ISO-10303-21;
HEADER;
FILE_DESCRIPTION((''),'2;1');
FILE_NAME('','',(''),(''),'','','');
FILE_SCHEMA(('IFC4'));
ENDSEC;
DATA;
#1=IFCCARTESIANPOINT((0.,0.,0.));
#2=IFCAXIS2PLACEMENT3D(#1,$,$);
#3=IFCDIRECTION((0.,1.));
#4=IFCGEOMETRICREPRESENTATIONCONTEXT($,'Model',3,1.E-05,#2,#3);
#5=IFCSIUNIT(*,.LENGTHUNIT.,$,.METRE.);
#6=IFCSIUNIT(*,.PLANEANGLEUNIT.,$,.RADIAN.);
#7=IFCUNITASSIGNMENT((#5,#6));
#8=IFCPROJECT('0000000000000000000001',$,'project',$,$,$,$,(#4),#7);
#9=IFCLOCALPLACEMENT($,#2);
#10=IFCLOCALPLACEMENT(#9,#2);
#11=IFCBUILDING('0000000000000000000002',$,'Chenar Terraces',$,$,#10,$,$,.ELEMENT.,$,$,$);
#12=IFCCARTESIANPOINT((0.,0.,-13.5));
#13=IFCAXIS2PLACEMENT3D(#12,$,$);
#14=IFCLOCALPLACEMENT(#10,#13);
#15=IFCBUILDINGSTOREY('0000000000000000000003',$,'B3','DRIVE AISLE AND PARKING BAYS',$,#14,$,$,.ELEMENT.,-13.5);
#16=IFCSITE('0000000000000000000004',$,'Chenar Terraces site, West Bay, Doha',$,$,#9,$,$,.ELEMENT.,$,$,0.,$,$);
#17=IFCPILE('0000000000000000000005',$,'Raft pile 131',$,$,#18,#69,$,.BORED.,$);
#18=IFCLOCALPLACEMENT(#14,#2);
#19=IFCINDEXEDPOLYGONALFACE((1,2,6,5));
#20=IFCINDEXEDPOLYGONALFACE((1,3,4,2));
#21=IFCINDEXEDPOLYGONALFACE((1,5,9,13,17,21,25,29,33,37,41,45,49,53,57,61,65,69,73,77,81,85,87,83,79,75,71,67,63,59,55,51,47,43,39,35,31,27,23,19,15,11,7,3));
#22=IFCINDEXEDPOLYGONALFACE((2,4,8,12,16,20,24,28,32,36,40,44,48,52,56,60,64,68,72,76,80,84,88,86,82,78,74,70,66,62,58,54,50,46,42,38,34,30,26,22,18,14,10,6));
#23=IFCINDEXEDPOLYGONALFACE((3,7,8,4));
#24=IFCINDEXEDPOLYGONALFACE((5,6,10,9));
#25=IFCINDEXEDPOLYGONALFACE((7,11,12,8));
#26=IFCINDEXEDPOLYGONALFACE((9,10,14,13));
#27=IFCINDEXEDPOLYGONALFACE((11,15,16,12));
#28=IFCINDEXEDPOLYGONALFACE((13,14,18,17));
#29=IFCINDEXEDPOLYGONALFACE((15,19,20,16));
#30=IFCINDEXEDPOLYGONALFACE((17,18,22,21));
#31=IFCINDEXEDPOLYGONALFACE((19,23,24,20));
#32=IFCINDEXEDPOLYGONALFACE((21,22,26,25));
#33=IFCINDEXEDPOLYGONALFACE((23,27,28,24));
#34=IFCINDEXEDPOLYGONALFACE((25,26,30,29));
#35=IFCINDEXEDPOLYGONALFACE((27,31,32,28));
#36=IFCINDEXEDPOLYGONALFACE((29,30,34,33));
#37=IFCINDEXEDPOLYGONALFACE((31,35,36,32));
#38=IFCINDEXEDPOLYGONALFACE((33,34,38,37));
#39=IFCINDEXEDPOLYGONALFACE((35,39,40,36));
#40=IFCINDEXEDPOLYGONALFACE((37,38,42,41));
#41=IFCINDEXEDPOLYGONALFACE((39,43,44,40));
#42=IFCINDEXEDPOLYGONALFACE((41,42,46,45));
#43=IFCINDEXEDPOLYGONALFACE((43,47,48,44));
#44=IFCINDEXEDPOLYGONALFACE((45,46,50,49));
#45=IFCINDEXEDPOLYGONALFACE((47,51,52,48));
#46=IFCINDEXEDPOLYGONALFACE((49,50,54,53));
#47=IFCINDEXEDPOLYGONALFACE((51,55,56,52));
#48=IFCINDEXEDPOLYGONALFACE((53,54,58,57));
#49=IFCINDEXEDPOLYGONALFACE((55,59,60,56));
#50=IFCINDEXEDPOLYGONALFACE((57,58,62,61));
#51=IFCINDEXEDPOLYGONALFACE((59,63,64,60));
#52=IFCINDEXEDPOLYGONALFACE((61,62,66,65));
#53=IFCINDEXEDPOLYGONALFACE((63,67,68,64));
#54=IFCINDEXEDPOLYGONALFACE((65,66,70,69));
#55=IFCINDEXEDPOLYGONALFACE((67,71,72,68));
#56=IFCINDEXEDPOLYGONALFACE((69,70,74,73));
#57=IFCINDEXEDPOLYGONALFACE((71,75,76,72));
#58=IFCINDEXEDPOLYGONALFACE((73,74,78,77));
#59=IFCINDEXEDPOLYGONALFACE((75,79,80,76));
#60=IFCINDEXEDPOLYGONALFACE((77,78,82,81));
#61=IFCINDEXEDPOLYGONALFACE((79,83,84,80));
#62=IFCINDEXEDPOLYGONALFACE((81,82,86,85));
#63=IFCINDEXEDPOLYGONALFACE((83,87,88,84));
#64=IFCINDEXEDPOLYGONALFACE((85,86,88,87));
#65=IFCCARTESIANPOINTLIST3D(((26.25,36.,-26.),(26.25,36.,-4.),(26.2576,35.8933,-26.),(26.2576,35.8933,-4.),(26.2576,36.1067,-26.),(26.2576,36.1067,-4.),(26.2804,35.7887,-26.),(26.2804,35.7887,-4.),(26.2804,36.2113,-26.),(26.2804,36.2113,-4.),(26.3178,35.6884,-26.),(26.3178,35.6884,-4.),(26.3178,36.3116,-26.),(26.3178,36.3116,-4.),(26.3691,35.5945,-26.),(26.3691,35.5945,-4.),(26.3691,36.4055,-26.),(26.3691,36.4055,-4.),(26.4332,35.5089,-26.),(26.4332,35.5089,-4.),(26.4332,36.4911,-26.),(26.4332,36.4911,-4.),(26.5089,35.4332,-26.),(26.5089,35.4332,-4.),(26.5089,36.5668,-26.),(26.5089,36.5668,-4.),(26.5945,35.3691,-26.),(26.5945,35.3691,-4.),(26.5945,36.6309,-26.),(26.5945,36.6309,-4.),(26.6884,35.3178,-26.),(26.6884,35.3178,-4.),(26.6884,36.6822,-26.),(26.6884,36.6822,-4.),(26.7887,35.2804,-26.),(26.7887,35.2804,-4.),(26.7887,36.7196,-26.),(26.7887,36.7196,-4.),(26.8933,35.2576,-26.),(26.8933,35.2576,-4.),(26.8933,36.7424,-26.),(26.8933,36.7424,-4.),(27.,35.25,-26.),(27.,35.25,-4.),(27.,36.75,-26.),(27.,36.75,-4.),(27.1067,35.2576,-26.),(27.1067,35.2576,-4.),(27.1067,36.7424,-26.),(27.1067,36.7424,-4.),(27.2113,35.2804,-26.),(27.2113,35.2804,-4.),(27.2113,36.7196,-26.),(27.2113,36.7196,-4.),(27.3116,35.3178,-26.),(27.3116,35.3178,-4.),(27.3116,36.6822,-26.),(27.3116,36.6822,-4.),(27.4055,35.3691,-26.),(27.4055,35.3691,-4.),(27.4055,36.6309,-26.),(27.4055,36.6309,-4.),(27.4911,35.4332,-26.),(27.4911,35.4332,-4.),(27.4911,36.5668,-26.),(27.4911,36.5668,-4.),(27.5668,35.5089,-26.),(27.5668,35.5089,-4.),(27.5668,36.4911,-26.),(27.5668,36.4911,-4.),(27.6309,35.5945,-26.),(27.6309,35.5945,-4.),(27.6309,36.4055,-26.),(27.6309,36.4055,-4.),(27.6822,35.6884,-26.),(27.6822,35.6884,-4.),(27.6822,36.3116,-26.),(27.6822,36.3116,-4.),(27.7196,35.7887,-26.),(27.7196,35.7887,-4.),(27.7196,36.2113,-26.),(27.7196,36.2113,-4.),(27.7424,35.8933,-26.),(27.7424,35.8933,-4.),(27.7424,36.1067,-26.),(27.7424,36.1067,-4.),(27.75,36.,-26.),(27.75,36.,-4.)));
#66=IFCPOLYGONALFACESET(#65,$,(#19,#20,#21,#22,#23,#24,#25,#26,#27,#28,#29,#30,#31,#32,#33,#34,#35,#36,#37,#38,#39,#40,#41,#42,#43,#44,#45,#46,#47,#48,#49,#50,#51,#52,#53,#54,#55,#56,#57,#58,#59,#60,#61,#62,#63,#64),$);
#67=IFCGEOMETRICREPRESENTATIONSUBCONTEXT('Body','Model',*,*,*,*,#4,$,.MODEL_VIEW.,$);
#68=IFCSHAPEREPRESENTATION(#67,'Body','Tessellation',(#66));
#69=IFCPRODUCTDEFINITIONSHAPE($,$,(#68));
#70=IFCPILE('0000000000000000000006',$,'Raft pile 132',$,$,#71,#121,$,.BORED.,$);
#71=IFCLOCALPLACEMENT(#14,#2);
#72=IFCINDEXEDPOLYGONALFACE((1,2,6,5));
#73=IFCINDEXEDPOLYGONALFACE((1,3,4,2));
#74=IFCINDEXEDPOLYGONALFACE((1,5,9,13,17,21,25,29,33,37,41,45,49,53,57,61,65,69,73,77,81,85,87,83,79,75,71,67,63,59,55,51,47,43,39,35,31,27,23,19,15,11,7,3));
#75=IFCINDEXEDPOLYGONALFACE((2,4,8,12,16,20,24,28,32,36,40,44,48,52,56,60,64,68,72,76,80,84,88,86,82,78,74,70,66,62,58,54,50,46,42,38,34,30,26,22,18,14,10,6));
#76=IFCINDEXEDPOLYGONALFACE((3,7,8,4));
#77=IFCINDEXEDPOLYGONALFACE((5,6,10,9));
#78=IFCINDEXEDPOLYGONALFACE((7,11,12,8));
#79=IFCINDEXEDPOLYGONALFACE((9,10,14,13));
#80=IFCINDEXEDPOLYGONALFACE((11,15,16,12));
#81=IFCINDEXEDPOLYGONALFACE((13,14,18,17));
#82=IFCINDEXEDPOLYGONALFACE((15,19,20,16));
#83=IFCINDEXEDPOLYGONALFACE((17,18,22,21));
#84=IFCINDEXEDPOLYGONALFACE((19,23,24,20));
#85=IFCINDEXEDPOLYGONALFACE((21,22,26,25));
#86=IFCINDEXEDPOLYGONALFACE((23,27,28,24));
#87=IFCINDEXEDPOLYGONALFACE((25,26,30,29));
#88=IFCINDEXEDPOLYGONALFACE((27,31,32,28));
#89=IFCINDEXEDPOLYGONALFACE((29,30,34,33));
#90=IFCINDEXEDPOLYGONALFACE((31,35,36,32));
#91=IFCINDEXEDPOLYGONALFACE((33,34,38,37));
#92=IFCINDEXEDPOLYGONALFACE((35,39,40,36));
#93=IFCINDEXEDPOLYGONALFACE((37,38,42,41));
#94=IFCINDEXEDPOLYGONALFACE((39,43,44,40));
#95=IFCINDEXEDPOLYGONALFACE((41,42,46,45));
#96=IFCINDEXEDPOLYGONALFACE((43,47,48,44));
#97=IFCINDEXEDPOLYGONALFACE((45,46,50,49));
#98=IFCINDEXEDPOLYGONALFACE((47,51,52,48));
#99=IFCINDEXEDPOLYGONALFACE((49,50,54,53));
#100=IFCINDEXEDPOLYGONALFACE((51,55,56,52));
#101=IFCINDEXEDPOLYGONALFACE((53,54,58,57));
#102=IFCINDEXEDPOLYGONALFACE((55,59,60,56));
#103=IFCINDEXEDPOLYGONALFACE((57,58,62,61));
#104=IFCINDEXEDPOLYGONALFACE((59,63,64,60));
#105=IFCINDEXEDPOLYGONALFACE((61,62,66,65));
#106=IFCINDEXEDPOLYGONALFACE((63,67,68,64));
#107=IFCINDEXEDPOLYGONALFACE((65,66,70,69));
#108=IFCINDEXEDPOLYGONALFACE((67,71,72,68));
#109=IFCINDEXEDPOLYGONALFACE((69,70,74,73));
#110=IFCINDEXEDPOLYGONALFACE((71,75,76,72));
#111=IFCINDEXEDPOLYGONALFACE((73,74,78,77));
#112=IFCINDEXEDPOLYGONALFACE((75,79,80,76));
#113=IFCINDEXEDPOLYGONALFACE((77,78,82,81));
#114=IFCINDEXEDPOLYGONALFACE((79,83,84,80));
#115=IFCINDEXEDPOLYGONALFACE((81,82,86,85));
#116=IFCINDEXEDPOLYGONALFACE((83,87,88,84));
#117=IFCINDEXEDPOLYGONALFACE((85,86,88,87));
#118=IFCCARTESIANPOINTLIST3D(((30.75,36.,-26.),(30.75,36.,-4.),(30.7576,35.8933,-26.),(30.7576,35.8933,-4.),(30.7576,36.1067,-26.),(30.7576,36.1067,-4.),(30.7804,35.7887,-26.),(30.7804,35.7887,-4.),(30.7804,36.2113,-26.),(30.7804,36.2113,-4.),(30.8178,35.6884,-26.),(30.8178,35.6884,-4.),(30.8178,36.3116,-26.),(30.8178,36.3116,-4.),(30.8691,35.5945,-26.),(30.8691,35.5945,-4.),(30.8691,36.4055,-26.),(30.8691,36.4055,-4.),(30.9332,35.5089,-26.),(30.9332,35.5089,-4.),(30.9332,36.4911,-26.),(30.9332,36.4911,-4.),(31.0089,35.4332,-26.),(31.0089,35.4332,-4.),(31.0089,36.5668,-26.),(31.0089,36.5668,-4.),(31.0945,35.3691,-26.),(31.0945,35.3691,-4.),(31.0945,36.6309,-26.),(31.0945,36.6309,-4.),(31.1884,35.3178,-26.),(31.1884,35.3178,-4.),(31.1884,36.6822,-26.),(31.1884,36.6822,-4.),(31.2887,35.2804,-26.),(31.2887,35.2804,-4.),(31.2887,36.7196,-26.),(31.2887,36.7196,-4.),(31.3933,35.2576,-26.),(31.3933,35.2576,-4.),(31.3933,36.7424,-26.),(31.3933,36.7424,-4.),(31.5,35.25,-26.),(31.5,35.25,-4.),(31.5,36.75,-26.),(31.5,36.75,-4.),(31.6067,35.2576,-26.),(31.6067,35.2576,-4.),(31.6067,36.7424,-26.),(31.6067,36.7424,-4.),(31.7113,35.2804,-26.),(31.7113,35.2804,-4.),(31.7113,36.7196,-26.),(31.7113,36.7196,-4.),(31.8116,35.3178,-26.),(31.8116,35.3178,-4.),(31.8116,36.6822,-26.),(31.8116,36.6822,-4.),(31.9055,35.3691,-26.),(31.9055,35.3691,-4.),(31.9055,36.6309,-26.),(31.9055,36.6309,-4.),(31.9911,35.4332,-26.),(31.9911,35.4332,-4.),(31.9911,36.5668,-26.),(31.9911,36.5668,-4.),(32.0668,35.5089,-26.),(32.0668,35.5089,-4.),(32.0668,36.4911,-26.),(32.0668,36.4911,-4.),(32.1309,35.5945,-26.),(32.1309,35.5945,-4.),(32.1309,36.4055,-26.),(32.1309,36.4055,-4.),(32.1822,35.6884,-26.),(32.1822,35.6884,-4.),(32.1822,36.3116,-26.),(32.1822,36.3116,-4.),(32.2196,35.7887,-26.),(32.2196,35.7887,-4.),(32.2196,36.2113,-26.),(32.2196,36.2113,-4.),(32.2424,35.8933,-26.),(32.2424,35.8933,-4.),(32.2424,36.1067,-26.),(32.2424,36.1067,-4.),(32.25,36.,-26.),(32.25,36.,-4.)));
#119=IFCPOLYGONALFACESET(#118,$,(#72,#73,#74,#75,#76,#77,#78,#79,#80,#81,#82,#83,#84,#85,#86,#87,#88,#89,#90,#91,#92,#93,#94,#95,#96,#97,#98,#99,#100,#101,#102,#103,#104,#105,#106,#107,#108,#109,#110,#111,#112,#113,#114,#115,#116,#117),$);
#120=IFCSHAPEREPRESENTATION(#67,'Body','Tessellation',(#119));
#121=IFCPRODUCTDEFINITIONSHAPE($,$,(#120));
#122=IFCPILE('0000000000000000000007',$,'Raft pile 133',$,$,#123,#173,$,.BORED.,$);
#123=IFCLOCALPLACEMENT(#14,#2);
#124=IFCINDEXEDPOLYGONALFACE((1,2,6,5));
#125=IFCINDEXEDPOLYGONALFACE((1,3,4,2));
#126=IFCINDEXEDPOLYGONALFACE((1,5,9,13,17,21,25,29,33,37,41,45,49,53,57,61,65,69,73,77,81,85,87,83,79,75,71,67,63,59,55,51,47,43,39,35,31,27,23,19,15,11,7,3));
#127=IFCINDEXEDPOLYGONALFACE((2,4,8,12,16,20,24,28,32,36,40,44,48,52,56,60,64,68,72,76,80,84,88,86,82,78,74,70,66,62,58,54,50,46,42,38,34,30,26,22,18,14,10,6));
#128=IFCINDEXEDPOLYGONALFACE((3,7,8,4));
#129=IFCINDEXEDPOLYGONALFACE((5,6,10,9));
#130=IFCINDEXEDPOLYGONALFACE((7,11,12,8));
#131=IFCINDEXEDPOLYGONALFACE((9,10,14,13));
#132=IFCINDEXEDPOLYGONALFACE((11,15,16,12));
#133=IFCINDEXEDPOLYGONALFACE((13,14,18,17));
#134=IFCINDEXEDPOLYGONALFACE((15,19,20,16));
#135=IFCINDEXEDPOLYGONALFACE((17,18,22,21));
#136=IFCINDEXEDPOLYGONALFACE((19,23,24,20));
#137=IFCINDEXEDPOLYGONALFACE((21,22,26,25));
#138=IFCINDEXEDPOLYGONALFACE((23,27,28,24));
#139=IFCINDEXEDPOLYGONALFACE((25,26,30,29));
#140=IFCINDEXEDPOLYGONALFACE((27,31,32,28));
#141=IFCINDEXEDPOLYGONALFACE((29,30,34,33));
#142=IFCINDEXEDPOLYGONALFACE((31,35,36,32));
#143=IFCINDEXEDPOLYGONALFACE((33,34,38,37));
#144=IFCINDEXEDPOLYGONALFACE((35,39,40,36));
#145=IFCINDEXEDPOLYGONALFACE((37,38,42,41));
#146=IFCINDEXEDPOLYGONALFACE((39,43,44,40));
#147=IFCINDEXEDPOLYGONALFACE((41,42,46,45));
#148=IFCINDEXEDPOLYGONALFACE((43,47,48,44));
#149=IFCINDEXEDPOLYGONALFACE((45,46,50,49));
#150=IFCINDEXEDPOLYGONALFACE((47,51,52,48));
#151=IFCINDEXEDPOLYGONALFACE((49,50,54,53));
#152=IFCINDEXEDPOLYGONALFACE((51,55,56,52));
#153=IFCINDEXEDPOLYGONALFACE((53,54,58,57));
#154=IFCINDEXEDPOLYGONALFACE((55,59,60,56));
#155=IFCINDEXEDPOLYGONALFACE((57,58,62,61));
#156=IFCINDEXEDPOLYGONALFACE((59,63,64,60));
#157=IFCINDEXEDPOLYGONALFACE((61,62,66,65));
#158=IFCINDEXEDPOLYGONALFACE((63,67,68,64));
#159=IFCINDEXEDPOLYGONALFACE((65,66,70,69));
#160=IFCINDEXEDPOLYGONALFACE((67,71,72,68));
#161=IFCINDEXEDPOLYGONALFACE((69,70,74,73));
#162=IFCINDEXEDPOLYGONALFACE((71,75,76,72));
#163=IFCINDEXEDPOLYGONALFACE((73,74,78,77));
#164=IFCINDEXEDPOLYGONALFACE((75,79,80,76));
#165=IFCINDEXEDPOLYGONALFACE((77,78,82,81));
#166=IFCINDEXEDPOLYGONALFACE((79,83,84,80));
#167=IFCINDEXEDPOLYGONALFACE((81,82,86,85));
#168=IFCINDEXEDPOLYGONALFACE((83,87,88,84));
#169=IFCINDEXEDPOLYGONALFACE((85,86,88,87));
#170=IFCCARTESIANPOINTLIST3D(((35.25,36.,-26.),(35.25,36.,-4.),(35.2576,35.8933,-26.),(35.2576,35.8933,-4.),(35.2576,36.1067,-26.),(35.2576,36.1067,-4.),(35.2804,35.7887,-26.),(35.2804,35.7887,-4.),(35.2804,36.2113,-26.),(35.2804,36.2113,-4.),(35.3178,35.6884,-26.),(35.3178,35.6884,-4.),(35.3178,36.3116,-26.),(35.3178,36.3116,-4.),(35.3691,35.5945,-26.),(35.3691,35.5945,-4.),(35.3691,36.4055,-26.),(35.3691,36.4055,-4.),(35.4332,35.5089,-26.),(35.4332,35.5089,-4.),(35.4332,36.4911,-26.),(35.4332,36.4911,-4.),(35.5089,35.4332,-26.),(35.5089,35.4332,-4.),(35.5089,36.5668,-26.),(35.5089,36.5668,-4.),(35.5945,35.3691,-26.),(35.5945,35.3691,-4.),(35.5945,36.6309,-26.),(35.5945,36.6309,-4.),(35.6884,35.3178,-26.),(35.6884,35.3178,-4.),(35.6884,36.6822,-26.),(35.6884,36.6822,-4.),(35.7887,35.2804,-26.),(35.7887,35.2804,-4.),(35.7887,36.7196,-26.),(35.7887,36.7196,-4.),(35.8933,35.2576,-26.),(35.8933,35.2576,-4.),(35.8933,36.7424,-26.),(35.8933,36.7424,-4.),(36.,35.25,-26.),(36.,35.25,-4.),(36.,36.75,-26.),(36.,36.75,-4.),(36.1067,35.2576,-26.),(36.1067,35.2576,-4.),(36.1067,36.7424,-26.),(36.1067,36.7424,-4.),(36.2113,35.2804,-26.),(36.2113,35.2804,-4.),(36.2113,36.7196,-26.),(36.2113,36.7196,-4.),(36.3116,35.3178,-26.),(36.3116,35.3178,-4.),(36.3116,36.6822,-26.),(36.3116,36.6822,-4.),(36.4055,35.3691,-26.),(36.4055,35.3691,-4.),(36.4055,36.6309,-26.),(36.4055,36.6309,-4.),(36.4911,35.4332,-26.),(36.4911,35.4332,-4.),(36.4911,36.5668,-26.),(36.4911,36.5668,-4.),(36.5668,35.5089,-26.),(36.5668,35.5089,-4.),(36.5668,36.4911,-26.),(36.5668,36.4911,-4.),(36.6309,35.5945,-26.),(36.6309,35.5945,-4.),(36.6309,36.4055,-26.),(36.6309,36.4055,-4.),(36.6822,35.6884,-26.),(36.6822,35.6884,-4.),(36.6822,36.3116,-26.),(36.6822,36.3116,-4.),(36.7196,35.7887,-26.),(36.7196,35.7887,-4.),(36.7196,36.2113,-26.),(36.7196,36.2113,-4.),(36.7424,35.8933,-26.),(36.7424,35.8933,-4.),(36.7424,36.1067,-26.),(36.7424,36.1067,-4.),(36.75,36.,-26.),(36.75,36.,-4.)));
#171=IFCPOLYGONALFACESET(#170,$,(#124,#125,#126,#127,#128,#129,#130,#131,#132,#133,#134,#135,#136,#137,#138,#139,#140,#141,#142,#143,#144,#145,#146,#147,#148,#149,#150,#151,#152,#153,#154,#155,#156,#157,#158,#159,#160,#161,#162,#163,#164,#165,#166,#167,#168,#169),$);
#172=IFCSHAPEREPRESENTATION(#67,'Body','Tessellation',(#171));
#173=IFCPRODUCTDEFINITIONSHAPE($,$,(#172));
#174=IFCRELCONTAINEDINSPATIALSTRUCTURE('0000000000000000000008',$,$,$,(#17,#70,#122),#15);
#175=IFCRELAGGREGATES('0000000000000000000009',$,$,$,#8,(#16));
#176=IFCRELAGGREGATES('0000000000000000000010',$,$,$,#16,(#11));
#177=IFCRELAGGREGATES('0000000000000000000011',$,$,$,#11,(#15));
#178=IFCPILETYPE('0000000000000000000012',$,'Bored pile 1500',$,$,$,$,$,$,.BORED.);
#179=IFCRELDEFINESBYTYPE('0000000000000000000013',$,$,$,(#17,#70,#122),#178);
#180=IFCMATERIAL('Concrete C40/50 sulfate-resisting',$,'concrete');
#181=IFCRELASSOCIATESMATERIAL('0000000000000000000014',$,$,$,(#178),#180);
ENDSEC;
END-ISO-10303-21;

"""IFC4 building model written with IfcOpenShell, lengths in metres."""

from ifc_helpers import new_model, si_unit, direction, frame, origin, origin_2d, place, context, subcontext, project, spatial, circle, extrude, material, material_profile, profile_set, type_object, element, save


model = new_model("IFC4")

# Units and contexts
model_context = context("Model", 3, precision=1e-05, world=origin(), true_north=direction((0.0, 1.0)))
body_context = subcontext(model_context, "Body", "Model", "MODEL_VIEW")
ifc_project = project(units=[si_unit("LENGTHUNIT", "METRE"), si_unit("PLANEANGLEUNIT", "RADIAN")], contexts=[model_context])

# Site, building, storey
site_placement = place(None, origin())
site = spatial("IfcSite", under=ifc_project, at=site_placement, Name="Chenar Terraces site, West Bay, Doha", CompositionType="ELEMENT", RefElevation=0.0)
building_placement = place(site_placement, origin())
building = spatial("IfcBuilding", under=site, at=building_placement, Name="Chenar Terraces", CompositionType="ELEMENT")
storey_placement = place(building_placement, frame((0.0, 0.0, -13.5)))
storey = spatial("IfcBuildingStorey", under=building, at=storey_placement, Name="B3", Description="DRIVE AISLE AND PARKING BAYS", CompositionType="ELEMENT", Elevation=-13.5)

# Piles
ifc_material_1 = material(Name="Concrete C40/50 sulfate-resisting", Category="concrete")
ifc_material_profile_1 = material_profile(ifc_material_1, circle(Radius=0.75, at=origin_2d()), Name="BP 1500")
ifc_profile_set_1 = profile_set([ifc_material_profile_1], Name="Concrete C40/50 sulfate-resisting")
pile_type_1 = type_object("IfcPileType", Name="Bored pile 1500", PredefinedType="BORED", material=ifc_profile_set_1)
for number, where, z_axis, x_axis, name in (
    (1, (27.0, 36.0, -4.0), (0.0, 0.0, -1.0), (1.0, 0.0, 0.0), "Raft pile 131"),
    (2, (31.5, 36.0, -4.0), (0.0, 0.0, -1.0), (1.0, 0.0, 0.0), "Raft pile 132"),
    (3, (36.0, 36.0, -4.0), (0.0, 0.0, -1.0), (1.0, 0.0, 0.0), "Raft pile 133"),
):
    element("IfcPile", number, at=place(storey_placement, frame(where, z_axis=z_axis, x_axis=x_axis)), inside=storey, type_object=pile_type_1, Name=name, PredefinedType="BORED", context=body_context, shape_type="SweptSolid", body=[
        extrude(circle(Radius=0.75, at=origin_2d()), origin(), (0.0, 0.0, 1.0), 22.0),
    ])

save(model, "model.ifc")
